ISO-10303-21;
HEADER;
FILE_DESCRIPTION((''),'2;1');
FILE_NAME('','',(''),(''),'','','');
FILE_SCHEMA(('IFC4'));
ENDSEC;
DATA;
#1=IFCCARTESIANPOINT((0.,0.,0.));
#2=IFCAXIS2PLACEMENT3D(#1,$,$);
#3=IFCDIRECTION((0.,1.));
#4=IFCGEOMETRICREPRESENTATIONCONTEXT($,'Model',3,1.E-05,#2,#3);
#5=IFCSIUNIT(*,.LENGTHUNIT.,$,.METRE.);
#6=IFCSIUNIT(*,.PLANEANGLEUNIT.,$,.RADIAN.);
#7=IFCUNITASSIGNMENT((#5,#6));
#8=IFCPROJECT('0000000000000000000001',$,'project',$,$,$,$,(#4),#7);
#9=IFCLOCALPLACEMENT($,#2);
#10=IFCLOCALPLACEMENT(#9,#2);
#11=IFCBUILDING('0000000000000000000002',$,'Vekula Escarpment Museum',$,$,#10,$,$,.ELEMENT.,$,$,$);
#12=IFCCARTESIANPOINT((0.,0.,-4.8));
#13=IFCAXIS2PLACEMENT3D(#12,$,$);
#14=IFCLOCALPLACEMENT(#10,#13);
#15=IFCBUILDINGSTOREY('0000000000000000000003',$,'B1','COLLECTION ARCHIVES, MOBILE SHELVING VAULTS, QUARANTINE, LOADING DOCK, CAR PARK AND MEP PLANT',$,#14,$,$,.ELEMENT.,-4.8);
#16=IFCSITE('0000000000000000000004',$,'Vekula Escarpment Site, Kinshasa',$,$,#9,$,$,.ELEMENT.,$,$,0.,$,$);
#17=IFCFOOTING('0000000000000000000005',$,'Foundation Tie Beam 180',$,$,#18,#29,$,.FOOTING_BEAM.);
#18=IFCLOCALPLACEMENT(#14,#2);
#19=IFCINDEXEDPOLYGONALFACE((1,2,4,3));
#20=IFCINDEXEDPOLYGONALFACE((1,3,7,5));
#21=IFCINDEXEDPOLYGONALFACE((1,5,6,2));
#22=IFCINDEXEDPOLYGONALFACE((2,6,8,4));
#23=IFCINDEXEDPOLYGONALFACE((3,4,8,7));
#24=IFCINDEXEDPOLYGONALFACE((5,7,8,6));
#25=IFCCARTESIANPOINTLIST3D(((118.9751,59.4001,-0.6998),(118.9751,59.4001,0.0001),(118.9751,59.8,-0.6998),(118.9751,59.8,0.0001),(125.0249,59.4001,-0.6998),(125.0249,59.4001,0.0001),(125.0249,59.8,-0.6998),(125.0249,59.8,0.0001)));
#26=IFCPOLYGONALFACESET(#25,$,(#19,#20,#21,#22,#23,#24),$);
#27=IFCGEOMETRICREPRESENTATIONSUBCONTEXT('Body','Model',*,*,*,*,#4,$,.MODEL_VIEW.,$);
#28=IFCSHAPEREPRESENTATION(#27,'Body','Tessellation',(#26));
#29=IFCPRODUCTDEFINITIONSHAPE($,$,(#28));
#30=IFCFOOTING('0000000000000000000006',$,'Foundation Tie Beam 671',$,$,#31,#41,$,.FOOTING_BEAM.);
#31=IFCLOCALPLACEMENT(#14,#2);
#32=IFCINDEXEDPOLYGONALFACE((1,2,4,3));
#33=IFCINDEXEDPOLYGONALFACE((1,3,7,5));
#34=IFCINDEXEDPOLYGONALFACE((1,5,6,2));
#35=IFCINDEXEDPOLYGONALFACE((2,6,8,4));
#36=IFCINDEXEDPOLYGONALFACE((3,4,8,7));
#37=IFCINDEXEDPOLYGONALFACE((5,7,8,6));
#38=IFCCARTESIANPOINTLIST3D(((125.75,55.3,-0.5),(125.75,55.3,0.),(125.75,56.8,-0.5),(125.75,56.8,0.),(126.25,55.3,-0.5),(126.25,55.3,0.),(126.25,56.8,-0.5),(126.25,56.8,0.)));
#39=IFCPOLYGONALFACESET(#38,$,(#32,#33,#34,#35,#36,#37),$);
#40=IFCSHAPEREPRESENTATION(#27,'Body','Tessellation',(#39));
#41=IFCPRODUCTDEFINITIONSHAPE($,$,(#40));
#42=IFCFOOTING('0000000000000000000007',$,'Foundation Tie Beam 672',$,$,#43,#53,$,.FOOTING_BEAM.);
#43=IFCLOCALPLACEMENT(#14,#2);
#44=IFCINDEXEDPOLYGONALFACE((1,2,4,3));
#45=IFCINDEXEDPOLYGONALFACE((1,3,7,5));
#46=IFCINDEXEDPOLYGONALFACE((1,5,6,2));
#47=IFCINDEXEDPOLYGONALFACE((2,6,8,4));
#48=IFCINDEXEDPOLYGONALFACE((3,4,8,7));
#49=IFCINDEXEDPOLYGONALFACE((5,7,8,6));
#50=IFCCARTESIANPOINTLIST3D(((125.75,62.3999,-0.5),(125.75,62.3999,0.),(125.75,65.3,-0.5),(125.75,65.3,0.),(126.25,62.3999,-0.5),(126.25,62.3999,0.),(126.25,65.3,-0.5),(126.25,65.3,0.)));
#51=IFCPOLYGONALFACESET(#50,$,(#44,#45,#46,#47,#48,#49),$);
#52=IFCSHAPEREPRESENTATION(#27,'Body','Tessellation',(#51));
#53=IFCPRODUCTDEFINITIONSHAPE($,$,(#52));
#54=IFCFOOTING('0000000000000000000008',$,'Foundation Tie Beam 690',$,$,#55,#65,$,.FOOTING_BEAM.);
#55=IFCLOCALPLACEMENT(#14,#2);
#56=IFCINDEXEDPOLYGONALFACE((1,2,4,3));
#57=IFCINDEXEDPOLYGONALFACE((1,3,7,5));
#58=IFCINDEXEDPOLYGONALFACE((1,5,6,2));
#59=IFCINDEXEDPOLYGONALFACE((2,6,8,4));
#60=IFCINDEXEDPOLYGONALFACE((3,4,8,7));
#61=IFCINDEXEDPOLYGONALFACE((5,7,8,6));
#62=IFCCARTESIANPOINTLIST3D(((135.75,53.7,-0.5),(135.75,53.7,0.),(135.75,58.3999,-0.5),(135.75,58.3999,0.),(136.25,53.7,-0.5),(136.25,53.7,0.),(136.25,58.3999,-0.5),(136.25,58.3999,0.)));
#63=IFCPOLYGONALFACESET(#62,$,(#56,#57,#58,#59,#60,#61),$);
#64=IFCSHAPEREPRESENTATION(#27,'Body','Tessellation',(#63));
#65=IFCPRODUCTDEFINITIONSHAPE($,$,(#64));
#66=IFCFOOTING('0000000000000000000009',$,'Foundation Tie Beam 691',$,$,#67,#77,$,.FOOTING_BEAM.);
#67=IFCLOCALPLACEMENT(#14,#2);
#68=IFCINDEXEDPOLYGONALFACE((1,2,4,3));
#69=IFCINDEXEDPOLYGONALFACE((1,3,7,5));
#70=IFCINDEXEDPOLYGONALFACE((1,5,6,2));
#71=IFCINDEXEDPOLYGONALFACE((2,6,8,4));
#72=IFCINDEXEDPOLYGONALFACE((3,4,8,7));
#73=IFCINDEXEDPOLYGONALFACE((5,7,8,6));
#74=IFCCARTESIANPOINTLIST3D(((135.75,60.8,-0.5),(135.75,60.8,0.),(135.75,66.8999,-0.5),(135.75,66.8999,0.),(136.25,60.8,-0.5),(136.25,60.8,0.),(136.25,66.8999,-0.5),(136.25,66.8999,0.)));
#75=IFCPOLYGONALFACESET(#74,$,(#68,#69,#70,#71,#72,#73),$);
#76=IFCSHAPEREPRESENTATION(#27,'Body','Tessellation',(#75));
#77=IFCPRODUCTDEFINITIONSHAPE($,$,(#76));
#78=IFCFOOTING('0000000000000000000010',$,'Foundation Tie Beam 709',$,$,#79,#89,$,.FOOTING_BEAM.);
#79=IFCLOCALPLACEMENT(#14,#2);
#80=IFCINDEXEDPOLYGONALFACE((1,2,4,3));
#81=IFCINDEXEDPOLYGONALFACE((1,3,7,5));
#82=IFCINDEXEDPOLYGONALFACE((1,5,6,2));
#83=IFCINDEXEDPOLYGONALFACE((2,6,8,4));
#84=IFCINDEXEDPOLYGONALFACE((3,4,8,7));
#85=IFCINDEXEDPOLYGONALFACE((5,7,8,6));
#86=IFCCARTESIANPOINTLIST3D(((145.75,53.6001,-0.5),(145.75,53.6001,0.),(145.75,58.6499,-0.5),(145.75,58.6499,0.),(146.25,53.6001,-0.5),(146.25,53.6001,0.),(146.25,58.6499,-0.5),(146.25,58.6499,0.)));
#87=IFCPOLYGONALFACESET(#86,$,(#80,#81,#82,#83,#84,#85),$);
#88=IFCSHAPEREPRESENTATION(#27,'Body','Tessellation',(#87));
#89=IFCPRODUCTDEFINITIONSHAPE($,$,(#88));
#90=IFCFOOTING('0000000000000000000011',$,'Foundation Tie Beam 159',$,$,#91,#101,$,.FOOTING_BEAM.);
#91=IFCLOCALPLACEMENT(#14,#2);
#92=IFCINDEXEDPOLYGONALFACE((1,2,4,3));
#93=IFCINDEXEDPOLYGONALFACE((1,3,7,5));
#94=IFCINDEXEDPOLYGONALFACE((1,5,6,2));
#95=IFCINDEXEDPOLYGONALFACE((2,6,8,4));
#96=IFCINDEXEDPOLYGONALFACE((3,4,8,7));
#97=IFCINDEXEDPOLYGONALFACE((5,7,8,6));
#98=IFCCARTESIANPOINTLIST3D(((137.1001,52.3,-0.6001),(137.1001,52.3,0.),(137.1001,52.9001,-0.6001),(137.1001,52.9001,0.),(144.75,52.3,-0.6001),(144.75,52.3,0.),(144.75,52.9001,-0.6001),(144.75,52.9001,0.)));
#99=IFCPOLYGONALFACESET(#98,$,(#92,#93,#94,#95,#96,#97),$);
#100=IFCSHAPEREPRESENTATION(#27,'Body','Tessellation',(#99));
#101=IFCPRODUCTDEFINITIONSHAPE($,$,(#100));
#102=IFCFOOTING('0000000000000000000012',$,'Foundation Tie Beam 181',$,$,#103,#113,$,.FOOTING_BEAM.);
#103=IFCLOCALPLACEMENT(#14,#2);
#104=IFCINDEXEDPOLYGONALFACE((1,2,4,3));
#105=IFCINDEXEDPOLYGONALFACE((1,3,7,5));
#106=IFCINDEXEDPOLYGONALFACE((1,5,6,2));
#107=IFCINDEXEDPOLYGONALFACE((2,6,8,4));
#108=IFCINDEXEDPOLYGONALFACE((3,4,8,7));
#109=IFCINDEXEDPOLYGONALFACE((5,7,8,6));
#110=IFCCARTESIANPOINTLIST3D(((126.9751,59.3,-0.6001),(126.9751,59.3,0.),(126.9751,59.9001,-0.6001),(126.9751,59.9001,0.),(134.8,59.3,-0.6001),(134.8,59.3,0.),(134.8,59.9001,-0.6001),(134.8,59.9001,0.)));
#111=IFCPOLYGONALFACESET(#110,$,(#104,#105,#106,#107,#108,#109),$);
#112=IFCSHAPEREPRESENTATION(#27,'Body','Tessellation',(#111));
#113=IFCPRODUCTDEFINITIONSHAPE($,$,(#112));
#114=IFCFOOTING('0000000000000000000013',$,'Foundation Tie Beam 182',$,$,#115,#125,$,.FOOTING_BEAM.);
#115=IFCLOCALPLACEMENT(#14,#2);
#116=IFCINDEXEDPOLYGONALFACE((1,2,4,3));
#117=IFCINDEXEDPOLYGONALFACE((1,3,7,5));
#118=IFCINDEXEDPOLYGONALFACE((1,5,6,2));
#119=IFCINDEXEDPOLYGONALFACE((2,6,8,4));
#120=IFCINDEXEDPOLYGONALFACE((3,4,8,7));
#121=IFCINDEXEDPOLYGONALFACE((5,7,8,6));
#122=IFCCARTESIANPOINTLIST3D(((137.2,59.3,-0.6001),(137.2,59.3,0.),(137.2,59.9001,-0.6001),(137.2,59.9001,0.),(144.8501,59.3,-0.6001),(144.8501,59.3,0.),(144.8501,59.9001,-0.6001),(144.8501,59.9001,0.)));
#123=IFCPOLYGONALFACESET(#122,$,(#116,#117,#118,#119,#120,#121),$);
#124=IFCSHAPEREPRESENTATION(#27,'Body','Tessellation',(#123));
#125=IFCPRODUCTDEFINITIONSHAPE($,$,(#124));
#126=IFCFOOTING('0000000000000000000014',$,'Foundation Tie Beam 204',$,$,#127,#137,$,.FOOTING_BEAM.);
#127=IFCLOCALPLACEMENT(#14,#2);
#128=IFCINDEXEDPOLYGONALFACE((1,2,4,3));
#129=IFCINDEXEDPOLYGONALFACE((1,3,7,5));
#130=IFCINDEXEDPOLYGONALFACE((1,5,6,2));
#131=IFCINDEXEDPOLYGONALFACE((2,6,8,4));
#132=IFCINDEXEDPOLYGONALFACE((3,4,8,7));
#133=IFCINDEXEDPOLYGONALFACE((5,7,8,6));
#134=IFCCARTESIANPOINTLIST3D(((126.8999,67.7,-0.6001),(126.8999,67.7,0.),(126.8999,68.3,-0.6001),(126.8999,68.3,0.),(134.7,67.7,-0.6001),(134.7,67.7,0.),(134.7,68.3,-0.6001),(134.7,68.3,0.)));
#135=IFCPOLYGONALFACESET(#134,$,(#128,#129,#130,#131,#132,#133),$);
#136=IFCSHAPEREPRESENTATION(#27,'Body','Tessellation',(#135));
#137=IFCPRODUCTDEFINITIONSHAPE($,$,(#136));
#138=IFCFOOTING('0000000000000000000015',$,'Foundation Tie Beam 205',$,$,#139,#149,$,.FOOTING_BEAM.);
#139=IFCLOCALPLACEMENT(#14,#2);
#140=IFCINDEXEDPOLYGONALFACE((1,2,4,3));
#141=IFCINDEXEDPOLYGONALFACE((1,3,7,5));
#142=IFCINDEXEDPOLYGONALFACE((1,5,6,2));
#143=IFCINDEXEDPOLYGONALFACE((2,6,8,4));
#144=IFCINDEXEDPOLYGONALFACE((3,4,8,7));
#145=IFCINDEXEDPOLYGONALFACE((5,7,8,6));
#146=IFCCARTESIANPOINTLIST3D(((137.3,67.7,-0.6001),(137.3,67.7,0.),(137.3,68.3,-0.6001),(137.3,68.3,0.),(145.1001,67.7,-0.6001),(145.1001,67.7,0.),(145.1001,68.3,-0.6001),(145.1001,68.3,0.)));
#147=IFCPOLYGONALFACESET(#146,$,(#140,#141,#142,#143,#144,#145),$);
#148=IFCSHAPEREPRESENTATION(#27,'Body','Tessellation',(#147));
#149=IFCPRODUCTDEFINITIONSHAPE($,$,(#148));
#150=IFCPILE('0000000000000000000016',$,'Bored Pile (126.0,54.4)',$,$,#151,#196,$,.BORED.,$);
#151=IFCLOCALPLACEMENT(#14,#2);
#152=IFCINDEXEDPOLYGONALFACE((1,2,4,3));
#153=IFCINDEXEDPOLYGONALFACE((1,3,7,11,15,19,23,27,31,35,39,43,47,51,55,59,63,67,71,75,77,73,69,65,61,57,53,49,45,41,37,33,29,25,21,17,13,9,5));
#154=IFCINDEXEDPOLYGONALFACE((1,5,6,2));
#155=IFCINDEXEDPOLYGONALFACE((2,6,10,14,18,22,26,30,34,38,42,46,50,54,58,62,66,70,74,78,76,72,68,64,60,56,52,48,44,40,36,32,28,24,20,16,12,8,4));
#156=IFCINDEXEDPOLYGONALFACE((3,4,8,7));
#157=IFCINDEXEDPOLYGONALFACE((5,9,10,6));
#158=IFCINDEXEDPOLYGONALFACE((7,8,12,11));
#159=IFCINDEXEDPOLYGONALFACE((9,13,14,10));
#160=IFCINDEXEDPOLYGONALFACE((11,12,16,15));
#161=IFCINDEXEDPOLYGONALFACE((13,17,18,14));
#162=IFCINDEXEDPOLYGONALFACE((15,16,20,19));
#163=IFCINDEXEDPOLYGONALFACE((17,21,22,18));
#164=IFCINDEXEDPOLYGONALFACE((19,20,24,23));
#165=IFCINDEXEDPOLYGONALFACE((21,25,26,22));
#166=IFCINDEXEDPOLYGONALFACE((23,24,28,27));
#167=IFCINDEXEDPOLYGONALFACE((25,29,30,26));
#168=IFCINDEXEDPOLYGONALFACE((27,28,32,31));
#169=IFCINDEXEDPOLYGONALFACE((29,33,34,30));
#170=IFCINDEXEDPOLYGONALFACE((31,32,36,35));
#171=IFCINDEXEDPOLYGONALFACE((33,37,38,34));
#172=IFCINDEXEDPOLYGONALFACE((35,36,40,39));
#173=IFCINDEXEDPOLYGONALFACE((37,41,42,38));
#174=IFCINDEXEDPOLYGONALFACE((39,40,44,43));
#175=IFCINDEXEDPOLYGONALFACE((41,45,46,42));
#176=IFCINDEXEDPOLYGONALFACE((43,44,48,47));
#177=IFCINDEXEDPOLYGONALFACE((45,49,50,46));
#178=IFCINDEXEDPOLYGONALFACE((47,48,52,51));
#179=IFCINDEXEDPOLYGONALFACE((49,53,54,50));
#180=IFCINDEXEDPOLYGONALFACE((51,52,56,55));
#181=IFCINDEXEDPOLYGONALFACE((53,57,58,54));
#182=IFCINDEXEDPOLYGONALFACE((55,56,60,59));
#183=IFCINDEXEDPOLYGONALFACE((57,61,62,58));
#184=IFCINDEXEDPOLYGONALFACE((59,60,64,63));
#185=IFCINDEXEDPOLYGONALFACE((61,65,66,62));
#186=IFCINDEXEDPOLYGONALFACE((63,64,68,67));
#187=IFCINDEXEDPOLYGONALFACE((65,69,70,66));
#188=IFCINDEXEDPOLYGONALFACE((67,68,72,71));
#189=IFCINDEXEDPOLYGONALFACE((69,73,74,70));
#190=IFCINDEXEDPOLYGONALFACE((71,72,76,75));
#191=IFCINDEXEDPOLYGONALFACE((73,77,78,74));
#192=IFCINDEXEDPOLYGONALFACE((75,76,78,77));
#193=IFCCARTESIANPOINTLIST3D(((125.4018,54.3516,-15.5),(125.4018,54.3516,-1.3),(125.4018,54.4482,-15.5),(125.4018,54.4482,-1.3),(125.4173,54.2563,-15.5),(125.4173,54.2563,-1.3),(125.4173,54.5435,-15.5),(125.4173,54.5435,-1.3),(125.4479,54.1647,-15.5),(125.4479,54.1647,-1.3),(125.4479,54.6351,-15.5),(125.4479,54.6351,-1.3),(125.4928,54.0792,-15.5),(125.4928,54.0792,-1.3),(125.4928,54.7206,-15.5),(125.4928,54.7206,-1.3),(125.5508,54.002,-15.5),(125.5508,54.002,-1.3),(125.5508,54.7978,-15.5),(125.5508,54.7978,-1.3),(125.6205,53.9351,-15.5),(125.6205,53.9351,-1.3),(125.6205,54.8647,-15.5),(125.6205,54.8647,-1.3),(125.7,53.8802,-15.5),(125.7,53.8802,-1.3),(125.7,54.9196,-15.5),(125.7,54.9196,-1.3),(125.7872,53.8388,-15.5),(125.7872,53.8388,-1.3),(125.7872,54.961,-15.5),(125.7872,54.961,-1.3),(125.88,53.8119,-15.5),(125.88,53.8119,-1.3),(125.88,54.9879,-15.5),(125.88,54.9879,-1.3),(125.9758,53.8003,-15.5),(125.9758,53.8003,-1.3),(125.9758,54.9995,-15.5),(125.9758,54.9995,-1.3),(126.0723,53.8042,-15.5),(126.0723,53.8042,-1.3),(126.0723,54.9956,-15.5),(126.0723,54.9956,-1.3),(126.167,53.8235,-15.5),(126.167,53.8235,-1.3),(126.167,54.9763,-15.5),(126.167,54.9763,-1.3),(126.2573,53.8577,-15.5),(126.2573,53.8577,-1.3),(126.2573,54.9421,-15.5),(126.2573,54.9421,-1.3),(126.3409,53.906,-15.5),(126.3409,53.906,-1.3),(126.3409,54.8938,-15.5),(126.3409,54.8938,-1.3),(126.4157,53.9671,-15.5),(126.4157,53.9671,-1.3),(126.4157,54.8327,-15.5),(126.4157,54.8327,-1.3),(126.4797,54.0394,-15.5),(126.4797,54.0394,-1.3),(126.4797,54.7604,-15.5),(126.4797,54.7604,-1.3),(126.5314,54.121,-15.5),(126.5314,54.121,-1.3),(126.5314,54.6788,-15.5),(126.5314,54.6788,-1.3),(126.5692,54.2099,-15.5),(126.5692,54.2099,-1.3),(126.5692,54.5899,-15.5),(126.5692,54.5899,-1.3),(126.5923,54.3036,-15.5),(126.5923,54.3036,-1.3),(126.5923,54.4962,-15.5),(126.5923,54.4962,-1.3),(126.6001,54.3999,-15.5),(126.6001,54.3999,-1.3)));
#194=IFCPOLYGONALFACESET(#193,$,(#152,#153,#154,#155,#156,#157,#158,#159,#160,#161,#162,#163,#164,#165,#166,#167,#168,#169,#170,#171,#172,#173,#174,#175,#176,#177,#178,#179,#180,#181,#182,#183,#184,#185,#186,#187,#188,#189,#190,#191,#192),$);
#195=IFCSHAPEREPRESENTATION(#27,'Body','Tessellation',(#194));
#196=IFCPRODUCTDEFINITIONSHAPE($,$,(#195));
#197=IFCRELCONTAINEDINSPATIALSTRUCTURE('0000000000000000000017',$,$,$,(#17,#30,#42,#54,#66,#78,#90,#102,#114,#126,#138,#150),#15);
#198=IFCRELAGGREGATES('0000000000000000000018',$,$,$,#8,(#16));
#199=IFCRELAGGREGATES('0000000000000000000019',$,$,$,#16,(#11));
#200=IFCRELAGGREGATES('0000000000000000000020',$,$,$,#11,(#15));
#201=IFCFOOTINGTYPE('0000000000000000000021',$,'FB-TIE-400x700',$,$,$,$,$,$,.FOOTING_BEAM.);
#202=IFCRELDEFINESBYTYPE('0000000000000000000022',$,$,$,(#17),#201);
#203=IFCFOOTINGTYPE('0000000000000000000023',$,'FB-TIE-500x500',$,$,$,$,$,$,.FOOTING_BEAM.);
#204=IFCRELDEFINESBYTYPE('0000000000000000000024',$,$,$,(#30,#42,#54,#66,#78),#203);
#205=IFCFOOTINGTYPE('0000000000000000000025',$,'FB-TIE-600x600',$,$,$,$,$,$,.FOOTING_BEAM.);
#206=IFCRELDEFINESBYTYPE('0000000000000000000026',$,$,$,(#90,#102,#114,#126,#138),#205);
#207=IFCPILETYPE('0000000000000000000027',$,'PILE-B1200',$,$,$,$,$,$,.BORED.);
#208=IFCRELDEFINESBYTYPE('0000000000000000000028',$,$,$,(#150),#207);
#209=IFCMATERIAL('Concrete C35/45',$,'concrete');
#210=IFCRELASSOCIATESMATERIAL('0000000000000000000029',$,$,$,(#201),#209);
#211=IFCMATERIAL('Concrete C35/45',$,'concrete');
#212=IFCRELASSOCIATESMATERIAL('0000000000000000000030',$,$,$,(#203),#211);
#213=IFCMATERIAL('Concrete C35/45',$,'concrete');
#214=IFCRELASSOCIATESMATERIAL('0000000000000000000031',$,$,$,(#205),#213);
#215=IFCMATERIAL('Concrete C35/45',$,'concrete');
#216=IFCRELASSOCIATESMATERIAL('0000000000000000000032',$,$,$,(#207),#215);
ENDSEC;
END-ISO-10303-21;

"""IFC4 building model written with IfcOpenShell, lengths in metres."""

from ifc_helpers import new_model, si_unit, direction, frame, origin, origin_2d, place, context, subcontext, project, spatial, rectangle, circle, extrude, material, material_profile, profile_set, type_object, element, save


model = new_model("IFC4")

# Units and contexts
model_context = context("Model", 3, precision=1e-05, world=origin(), true_north=direction((0.0, 1.0)))
body_context = subcontext(model_context, "Body", "Model", "MODEL_VIEW")
ifc_project = project(units=[si_unit("LENGTHUNIT", "METRE"), si_unit("PLANEANGLEUNIT", "RADIAN")], contexts=[model_context])

# Site, building, storey
site_placement = place(None, origin())
site = spatial("IfcSite", under=ifc_project, at=site_placement, Name="Vekula Escarpment Site, Kinshasa", CompositionType="ELEMENT", RefElevation=0.0)
building_placement = place(site_placement, origin())
building = spatial("IfcBuilding", under=site, at=building_placement, Name="Vekula Escarpment Museum", CompositionType="ELEMENT")
storey_placement = place(building_placement, frame((0.0, 0.0, -4.8)))
storey = spatial("IfcBuildingStorey", under=building, at=storey_placement, Name="B1", Description="COLLECTION ARCHIVES, MOBILE SHELVING VAULTS, QUARANTINE, LOADING DOCK, CAR PARK AND MEP PLANT", CompositionType="ELEMENT", Elevation=-4.8)

# Footings
ifc_material_1 = material(Name="Concrete C35/45", Category="concrete")
ifc_material_profile_1 = material_profile(ifc_material_1, rectangle(XDim=0.3999, YDim=0.7, at=origin_2d()), Name="RC 400x700")
ifc_profile_set_1 = profile_set([ifc_material_profile_1], Name="Concrete C35/45")
footing_type_1 = type_object("IfcFootingType", Name="FB-TIE-400x700", PredefinedType="FOOTING_BEAM", material=ifc_profile_set_1)
footing_1_placement = place(storey_placement, frame((118.9751, 59.6001, -0.3499), z_axis=(1.0, 0.0, 0.0), x_axis=(0.0, 1.0, 0.0)))
element("IfcFooting", 1, at=footing_1_placement, inside=storey, type_object=footing_type_1, Name="Foundation Tie Beam 180", PredefinedType="FOOTING_BEAM", context=body_context, shape_type="SweptSolid", body=[
    extrude(rectangle(XDim=0.3999, YDim=0.7, at=origin_2d()), origin(), (0.0, 0.0, 1.0), 6.0498),
])
ifc_material_2 = material(Name="Concrete C35/45", Category="concrete")
ifc_material_profile_2 = material_profile(ifc_material_2, rectangle(XDim=0.5, YDim=0.5, at=origin_2d()), Name="RC 500x500")
ifc_profile_set_2 = profile_set([ifc_material_profile_2], Name="Concrete C35/45")
footing_type_2 = type_object("IfcFootingType", Name="FB-TIE-500x500", PredefinedType="FOOTING_BEAM", material=ifc_profile_set_2)
footing_2_placement = place(storey_placement, frame((126.0, 55.3, -0.25), z_axis=(0.0, 1.0, 0.0), x_axis=(-1.0, 0.0, 0.0)))
element("IfcFooting", 2, at=footing_2_placement, inside=storey, type_object=footing_type_2, Name="Foundation Tie Beam 671", PredefinedType="FOOTING_BEAM", context=body_context, shape_type="SweptSolid", body=[
    extrude(rectangle(XDim=0.5, YDim=0.5, at=origin_2d()), origin(), (0.0, 0.0, 1.0), 1.5),
])
footing_3_placement = place(storey_placement, frame((126.0, 62.3999, -0.25), z_axis=(0.0, 1.0, 0.0), x_axis=(-1.0, 0.0, 0.0)))
element("IfcFooting", 3, at=footing_3_placement, inside=storey, type_object=footing_type_2, Name="Foundation Tie Beam 672", PredefinedType="FOOTING_BEAM", context=body_context, shape_type="SweptSolid", body=[
    extrude(rectangle(XDim=0.5, YDim=0.5, at=origin_2d()), origin(), (0.0, 0.0, 1.0), 2.9001),
])
footing_4_placement = place(storey_placement, frame((136.0, 53.7, -0.25), z_axis=(0.0, 1.0, 0.0), x_axis=(-1.0, 0.0, 0.0)))
element("IfcFooting", 4, at=footing_4_placement, inside=storey, type_object=footing_type_2, Name="Foundation Tie Beam 690", PredefinedType="FOOTING_BEAM", context=body_context, shape_type="SweptSolid", body=[
    extrude(rectangle(XDim=0.5, YDim=0.5, at=origin_2d()), origin(), (0.0, 0.0, 1.0), 4.7),
])
footing_5_placement = place(storey_placement, frame((136.0, 60.8, -0.25), z_axis=(0.0, 1.0, 0.0), x_axis=(-1.0, 0.0, 0.0)))
element("IfcFooting", 5, at=footing_5_placement, inside=storey, type_object=footing_type_2, Name="Foundation Tie Beam 691", PredefinedType="FOOTING_BEAM", context=body_context, shape_type="SweptSolid", body=[
    extrude(rectangle(XDim=0.5, YDim=0.5, at=origin_2d()), origin(), (0.0, 0.0, 1.0), 6.0999),
])
footing_6_placement = place(storey_placement, frame((146.0, 53.6001, -0.25), z_axis=(0.0, 1.0, 0.0), x_axis=(-1.0, 0.0, 0.0)))
element("IfcFooting", 6, at=footing_6_placement, inside=storey, type_object=footing_type_2, Name="Foundation Tie Beam 709", PredefinedType="FOOTING_BEAM", context=body_context, shape_type="SweptSolid", body=[
    extrude(rectangle(XDim=0.5, YDim=0.5, at=origin_2d()), origin(), (0.0, 0.0, 1.0), 5.0498),
])
ifc_material_3 = material(Name="Concrete C35/45", Category="concrete")
ifc_material_profile_3 = material_profile(ifc_material_3, rectangle(XDim=0.6001, YDim=0.6001, at=origin_2d()), Name="RC 600x600")
ifc_profile_set_3 = profile_set([ifc_material_profile_3], Name="Concrete C35/45")
footing_type_3 = type_object("IfcFootingType", Name="FB-TIE-600x600", PredefinedType="FOOTING_BEAM", material=ifc_profile_set_3)
footing_7_placement = place(storey_placement, frame((137.1001, 52.6001, -0.3), z_axis=(1.0, 0.0, 0.0), x_axis=(0.0, 1.0, 0.0)))
element("IfcFooting", 7, at=footing_7_placement, inside=storey, type_object=footing_type_3, Name="Foundation Tie Beam 159", PredefinedType="FOOTING_BEAM", context=body_context, shape_type="SweptSolid", body=[
    extrude(rectangle(XDim=0.6001, YDim=0.6001, at=origin_2d()), origin(), (0.0, 0.0, 1.0), 7.6499),
])
footing_8_placement = place(storey_placement, frame((126.9751, 59.6001, -0.3), z_axis=(1.0, 0.0, 0.0), x_axis=(0.0, 1.0, 0.0)))
element("IfcFooting", 8, at=footing_8_placement, inside=storey, type_object=footing_type_3, Name="Foundation Tie Beam 181", PredefinedType="FOOTING_BEAM", context=body_context, shape_type="SweptSolid", body=[
    extrude(rectangle(XDim=0.6001, YDim=0.6001, at=origin_2d()), origin(), (0.0, 0.0, 1.0), 7.825),
])
footing_9_placement = place(storey_placement, frame((137.2, 59.6001, -0.3), z_axis=(1.0, 0.0, 0.0), x_axis=(0.0, 1.0, 0.0)))
element("IfcFooting", 9, at=footing_9_placement, inside=storey, type_object=footing_type_3, Name="Foundation Tie Beam 182", PredefinedType="FOOTING_BEAM", context=body_context, shape_type="SweptSolid", body=[
    extrude(rectangle(XDim=0.6001, YDim=0.6001, at=origin_2d()), origin(), (0.0, 0.0, 1.0), 7.6501),
])
for number, where, z_axis, x_axis, name in (
    (10, (126.8999, 68.0, -0.3), (1.0, 0.0, 0.0), (0.0, 1.0, 0.0), "Foundation Tie Beam 204"),
    (11, (137.3, 68.0, -0.3), (1.0, 0.0, 0.0), (0.0, 1.0, 0.0), "Foundation Tie Beam 205"),
):
    element("IfcFooting", number, at=place(storey_placement, frame(where, z_axis=z_axis, x_axis=x_axis)), inside=storey, type_object=footing_type_3, Name=name, PredefinedType="FOOTING_BEAM", context=body_context, shape_type="SweptSolid", body=[
        extrude(rectangle(XDim=0.6001, YDim=0.6001, at=origin_2d()), origin(), (0.0, 0.0, 1.0), 7.8),
    ])

# Pile
ifc_material_4 = material(Name="Concrete C35/45", Category="concrete")
ifc_material_profile_4 = material_profile(ifc_material_4, circle(Radius=0.6001, at=origin_2d()), Name="BORED PILE 1200")
ifc_profile_set_4 = profile_set([ifc_material_profile_4], Name="Concrete C35/45")
pile_type = type_object("IfcPileType", Name="PILE-B1200", PredefinedType="BORED", material=ifc_profile_set_4)
pile_1_placement = place(storey_placement, frame((126.0, 54.3999, -1.3), z_axis=(0.0, 0.0, -1.0), x_axis=(1.0, 0.0, 0.0)))
element("IfcPile", 12, at=pile_1_placement, inside=storey, type_object=pile_type, Name="Bored Pile (126.0,54.4)", PredefinedType="BORED", context=body_context, shape_type="SweptSolid", body=[
    extrude(circle(Radius=0.6001, at=origin_2d()), origin(), (0.0, 0.0, 1.0), 14.2),
])

save(model, "model.ifc")
